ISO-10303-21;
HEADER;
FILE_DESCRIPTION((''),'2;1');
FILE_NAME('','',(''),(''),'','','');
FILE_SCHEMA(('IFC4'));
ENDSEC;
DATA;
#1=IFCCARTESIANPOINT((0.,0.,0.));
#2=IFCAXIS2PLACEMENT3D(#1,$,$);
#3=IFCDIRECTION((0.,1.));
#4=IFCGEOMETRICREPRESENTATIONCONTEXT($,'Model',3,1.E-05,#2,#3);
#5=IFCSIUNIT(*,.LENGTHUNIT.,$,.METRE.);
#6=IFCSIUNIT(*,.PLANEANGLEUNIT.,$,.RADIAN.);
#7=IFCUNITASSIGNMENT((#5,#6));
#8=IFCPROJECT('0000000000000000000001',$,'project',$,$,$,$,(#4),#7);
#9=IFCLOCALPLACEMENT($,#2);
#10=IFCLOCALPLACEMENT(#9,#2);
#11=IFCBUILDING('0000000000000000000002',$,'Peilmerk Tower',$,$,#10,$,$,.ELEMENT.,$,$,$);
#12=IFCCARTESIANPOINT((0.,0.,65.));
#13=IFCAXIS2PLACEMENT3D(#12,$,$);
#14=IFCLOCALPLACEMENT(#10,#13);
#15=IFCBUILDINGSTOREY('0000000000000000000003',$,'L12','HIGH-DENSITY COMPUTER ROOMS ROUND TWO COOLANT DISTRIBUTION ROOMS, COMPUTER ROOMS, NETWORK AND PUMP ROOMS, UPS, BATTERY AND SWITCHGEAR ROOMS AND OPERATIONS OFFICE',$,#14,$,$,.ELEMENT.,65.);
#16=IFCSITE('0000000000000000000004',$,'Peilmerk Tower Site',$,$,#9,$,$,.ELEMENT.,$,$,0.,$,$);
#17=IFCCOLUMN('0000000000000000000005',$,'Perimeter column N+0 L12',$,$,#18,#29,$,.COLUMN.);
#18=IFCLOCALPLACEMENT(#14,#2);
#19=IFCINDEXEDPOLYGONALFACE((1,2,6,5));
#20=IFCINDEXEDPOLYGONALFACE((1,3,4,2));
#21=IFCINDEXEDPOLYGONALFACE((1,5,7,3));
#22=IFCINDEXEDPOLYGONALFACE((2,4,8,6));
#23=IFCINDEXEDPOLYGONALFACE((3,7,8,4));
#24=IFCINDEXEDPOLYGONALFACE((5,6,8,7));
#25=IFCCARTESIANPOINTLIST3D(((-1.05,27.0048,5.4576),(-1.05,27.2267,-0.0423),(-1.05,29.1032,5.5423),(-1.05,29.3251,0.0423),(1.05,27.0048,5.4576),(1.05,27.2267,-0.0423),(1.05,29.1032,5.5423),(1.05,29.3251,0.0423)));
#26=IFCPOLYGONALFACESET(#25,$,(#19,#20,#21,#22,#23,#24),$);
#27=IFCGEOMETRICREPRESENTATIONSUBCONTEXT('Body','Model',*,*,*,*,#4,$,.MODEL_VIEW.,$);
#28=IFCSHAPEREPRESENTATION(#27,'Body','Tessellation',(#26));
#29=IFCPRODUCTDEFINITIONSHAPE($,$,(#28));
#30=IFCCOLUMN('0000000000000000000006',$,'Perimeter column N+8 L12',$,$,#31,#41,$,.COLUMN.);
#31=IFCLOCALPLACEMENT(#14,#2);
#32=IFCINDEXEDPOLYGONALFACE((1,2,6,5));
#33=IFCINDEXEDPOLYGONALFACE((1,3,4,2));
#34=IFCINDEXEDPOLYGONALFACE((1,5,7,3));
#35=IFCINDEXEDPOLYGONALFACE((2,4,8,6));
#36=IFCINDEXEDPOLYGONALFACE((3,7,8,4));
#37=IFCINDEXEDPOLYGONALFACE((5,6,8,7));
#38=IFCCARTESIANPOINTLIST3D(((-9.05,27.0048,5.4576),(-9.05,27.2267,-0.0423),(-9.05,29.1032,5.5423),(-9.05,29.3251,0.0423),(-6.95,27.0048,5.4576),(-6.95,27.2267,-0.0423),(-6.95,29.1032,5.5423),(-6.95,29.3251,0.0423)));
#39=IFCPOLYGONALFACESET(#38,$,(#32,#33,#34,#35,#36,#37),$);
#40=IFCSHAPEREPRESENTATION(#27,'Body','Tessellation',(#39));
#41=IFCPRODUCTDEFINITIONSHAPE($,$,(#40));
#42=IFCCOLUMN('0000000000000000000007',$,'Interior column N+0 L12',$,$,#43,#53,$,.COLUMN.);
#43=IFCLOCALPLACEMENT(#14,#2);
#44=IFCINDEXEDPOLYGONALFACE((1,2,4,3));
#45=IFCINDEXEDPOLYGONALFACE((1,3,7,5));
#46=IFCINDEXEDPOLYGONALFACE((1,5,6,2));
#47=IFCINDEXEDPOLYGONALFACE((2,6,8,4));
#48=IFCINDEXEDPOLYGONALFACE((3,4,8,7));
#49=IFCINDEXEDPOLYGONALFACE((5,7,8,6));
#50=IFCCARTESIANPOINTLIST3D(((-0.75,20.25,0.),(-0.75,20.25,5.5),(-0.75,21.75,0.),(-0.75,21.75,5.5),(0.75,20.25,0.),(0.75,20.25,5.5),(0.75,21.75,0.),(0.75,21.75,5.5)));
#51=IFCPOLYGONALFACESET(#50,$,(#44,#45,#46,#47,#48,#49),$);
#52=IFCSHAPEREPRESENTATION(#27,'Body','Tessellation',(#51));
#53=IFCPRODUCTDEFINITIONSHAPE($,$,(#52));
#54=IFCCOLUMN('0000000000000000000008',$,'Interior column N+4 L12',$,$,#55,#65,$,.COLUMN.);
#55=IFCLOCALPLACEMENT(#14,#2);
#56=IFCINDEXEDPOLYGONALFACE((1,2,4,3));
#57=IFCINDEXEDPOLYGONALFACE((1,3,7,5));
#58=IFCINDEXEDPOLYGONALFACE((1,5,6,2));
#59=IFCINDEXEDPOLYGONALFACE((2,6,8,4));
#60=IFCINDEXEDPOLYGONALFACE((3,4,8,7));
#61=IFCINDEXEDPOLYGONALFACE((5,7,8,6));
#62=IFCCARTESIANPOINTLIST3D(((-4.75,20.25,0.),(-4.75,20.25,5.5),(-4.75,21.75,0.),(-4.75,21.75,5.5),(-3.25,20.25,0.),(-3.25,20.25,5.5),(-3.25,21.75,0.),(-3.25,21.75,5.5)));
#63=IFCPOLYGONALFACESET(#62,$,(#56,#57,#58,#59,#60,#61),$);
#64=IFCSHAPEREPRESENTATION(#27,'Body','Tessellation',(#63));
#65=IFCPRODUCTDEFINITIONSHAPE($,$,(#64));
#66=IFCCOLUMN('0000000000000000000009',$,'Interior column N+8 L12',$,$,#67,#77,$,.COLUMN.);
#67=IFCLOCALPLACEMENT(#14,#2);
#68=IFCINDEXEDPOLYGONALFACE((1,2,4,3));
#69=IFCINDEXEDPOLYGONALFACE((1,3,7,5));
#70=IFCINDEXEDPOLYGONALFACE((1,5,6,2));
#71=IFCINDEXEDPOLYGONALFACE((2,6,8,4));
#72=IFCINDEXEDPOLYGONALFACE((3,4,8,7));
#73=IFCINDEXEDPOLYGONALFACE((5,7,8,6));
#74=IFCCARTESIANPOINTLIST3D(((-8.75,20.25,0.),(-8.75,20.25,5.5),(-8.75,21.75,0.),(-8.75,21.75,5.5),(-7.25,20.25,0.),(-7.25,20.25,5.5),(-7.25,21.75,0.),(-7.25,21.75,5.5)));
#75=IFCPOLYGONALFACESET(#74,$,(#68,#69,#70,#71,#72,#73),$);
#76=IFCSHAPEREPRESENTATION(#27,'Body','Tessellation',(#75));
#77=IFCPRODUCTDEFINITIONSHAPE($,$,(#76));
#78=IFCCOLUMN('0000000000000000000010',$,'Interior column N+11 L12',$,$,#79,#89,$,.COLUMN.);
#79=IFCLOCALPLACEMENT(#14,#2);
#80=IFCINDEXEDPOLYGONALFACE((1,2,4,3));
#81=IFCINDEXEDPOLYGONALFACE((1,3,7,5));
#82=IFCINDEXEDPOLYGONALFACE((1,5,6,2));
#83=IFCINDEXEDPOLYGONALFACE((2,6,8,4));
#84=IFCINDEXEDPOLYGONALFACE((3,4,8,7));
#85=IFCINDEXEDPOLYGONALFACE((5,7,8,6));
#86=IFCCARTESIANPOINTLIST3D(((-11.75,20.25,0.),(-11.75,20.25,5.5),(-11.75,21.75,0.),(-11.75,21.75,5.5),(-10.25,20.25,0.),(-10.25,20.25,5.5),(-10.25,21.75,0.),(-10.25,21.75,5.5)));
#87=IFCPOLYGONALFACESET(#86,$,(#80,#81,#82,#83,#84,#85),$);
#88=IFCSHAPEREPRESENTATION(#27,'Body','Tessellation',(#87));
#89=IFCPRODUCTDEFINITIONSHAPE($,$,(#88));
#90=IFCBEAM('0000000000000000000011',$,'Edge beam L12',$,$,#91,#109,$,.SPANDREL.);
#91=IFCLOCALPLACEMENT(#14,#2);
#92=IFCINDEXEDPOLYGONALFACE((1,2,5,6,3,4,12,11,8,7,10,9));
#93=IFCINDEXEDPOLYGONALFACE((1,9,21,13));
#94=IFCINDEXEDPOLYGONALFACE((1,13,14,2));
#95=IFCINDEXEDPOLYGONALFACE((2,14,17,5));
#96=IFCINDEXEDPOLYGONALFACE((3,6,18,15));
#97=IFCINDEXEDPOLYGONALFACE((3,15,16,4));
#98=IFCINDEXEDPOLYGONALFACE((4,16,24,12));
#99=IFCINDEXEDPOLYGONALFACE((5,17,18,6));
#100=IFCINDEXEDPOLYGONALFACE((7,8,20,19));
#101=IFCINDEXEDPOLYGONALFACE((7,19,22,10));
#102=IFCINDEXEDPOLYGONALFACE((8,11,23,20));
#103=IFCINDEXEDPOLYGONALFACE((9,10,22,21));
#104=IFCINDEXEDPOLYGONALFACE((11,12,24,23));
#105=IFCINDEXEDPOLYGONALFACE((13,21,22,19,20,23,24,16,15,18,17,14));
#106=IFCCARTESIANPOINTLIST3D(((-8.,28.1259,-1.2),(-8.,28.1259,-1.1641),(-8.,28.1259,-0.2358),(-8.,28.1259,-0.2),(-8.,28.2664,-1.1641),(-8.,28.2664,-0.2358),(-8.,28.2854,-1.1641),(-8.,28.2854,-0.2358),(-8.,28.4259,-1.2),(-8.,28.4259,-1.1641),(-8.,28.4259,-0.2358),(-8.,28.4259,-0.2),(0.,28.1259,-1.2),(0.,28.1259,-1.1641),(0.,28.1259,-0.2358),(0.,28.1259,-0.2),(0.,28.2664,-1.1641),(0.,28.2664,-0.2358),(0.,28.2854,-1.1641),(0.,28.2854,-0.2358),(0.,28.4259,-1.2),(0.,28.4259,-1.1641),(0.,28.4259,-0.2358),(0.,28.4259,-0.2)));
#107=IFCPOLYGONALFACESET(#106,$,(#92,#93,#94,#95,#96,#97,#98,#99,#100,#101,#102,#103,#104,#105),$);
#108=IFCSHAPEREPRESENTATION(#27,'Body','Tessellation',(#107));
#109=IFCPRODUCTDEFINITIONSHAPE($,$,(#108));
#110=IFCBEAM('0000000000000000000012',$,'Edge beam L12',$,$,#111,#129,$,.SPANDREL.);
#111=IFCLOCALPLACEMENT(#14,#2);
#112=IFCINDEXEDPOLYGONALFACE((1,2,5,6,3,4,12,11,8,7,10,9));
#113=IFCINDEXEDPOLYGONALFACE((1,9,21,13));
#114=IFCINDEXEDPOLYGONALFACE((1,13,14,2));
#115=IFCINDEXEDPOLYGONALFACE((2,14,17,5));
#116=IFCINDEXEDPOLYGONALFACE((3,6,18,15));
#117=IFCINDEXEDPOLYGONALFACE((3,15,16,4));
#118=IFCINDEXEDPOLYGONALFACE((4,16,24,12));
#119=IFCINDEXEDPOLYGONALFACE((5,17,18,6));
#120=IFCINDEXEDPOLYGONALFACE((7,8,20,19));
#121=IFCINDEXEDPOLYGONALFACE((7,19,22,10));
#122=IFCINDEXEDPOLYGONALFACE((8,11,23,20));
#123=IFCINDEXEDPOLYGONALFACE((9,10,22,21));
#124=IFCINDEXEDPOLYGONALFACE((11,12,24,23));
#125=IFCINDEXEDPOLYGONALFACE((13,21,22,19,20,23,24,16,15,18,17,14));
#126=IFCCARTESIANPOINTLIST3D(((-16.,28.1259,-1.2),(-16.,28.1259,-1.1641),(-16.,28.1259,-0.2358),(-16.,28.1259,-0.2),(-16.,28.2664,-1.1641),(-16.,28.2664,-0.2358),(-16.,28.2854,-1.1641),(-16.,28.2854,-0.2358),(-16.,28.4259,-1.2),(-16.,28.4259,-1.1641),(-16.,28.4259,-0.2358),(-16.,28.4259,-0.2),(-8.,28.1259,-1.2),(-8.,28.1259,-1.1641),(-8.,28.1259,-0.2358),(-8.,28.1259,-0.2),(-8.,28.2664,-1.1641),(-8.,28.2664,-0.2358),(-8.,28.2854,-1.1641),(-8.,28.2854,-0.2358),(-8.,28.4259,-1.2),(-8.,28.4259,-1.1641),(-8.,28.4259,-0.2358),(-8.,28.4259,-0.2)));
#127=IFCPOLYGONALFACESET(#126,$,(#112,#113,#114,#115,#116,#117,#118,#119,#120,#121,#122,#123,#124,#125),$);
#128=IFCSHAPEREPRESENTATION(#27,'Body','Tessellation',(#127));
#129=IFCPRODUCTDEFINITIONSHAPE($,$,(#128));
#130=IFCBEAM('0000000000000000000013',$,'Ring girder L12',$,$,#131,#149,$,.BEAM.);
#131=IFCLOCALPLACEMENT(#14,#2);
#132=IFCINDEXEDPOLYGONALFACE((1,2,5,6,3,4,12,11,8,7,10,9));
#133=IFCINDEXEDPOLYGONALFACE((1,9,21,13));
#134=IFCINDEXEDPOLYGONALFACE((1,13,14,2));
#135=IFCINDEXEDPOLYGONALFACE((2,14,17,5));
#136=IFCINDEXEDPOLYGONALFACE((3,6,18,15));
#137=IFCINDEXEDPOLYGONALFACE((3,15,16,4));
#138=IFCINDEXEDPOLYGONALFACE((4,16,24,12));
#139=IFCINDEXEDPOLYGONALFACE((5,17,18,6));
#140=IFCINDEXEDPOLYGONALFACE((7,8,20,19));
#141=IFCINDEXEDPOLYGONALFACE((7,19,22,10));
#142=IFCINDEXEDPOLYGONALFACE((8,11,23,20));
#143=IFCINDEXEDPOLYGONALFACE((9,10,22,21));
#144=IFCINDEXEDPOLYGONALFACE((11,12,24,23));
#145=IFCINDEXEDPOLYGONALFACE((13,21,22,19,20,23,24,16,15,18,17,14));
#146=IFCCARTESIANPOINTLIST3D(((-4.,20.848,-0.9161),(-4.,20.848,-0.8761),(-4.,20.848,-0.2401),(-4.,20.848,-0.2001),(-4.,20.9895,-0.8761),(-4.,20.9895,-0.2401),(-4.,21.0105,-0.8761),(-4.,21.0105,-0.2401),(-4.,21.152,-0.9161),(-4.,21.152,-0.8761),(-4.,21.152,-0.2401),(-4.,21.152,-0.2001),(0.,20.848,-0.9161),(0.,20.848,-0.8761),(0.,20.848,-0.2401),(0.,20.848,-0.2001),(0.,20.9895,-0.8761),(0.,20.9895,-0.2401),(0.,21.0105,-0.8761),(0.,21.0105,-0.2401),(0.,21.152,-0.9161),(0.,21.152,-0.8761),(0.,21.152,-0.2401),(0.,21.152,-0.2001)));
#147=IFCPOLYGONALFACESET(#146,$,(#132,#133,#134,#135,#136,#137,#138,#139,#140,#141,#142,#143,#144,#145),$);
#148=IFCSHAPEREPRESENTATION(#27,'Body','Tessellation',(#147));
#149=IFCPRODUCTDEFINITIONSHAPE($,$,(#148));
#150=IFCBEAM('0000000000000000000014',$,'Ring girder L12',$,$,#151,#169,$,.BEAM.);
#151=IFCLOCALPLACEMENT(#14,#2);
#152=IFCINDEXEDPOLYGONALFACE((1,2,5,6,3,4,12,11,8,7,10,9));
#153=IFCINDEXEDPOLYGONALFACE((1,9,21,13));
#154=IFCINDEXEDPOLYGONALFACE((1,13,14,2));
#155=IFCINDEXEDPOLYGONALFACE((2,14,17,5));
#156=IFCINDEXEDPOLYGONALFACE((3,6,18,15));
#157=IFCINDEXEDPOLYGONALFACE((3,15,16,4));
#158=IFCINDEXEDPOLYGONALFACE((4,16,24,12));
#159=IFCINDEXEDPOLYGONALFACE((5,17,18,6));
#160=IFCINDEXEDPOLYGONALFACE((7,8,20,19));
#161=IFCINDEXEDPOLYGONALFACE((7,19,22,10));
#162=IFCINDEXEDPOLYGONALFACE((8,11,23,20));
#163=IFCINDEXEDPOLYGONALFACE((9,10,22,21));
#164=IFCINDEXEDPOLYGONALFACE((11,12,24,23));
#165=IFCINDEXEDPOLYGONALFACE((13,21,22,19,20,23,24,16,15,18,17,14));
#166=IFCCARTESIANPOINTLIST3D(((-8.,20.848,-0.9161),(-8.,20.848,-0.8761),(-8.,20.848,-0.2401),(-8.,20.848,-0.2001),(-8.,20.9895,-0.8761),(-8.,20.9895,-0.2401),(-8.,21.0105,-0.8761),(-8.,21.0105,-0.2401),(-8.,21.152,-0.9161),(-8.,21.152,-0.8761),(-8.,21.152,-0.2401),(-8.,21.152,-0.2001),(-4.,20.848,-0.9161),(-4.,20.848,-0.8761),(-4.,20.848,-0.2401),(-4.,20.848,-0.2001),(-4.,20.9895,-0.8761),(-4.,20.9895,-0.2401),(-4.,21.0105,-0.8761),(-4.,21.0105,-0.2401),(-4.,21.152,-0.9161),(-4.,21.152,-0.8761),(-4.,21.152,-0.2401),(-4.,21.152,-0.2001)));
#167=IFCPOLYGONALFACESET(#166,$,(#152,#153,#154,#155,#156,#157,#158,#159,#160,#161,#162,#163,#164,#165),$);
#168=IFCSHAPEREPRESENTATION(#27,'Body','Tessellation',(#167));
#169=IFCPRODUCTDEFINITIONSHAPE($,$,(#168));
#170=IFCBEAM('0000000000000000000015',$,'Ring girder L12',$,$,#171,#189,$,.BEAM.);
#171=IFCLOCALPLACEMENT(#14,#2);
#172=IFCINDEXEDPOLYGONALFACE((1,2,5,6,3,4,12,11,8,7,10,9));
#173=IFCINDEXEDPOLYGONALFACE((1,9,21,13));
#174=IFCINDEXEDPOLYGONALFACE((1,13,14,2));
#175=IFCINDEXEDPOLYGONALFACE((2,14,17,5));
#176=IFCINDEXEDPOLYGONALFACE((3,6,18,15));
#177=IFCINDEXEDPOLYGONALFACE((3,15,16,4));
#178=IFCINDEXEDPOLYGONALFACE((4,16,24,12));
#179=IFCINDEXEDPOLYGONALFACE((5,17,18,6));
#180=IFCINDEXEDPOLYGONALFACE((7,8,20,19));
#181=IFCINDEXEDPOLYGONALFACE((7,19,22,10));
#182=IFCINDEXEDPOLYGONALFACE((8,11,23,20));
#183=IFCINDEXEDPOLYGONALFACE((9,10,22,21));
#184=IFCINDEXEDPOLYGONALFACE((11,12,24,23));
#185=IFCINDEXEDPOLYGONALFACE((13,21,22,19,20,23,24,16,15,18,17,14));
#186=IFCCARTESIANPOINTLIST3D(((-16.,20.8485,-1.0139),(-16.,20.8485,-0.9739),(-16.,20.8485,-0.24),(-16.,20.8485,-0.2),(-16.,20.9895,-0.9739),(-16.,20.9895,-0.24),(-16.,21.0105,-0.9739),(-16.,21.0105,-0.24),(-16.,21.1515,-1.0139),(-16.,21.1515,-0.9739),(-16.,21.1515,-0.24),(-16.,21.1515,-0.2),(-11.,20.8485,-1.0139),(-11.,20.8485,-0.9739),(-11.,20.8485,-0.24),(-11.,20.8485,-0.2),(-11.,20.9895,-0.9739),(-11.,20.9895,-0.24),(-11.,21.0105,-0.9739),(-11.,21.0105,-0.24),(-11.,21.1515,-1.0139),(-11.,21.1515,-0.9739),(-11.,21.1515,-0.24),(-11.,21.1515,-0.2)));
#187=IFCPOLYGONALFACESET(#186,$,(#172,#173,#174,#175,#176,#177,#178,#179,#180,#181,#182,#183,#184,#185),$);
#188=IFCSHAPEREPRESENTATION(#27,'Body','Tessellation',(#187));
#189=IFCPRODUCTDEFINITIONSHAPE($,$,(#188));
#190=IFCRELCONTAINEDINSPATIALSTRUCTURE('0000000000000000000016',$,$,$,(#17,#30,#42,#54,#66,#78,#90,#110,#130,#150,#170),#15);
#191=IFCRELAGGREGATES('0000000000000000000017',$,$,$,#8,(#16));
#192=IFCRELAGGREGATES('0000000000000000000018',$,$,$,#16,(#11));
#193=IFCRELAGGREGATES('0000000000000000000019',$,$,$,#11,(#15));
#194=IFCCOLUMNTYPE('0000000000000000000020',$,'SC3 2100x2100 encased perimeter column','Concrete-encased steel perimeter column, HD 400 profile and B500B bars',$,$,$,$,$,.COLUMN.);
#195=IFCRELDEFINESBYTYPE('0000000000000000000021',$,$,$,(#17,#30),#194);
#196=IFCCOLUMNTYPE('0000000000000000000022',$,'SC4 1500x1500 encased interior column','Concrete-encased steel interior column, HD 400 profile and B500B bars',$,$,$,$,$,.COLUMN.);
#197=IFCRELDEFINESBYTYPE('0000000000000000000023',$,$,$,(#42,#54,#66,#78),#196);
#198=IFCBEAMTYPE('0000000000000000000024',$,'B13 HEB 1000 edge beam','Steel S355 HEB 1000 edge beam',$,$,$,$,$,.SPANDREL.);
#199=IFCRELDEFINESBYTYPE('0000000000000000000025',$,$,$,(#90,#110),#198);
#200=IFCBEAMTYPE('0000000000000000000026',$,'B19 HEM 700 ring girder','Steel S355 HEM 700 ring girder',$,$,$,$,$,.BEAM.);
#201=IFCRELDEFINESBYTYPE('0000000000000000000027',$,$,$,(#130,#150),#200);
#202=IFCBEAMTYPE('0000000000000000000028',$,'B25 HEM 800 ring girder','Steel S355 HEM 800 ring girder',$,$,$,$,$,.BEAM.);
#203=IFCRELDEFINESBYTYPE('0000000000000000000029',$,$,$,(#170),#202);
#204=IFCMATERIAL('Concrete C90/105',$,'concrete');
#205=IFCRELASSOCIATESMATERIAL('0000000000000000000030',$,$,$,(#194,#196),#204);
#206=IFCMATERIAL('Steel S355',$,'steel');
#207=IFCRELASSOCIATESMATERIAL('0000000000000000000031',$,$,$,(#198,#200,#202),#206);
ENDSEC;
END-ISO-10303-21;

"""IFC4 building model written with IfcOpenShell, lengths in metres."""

from ifc_helpers import new_model, si_unit, direction, frame, origin, origin_2d, place, context, subcontext, project, spatial, rectangle, i_section, extrude, material, material_profile, profile_set, type_object, element, save


model = new_model("IFC4")

# Units and contexts
model_context = context("Model", 3, precision=1e-05, world=origin(), true_north=direction((0.0, 1.0)))
body_context = subcontext(model_context, "Body", "Model", "MODEL_VIEW")
ifc_project = project(units=[si_unit("LENGTHUNIT", "METRE"), si_unit("PLANEANGLEUNIT", "RADIAN")], contexts=[model_context])

# Site, building, storey
site_placement = place(None, origin())
site = spatial("IfcSite", under=ifc_project, at=site_placement, Name="Peilmerk Tower Site", CompositionType="ELEMENT", RefElevation=0.0)
building_placement = place(site_placement, origin())
building = spatial("IfcBuilding", under=site, at=building_placement, Name="Peilmerk Tower", CompositionType="ELEMENT")
storey_placement = place(building_placement, frame((0.0, 0.0, 65.0)))
storey = spatial("IfcBuildingStorey", under=building, at=storey_placement, Name="L12", Description="HIGH-DENSITY COMPUTER ROOMS ROUND TWO COOLANT DISTRIBUTION ROOMS, COMPUTER ROOMS, NETWORK AND PUMP ROOMS, UPS, BATTERY AND SWITCHGEAR ROOMS AND OPERATIONS OFFICE", CompositionType="ELEMENT", Elevation=65.0)

# Columns
ifc_material_1 = material(Name="Concrete C90/105", Category="concrete")
ifc_material_profile_1 = material_profile(ifc_material_1, rectangle(XDim=2.1001, YDim=2.1001, at=origin_2d()), Name="RC 2100x2100")
ifc_profile_set_1 = profile_set([ifc_material_profile_1], Name="Concrete C90/105")
column_type_1 = type_object("IfcColumnType", Name="SC3 2100x2100 encased perimeter column", Description="Concrete-encased steel perimeter column, HD 400 profile and B500B bars", PredefinedType="COLUMN", material=ifc_profile_set_1)
for number, where, z_axis, x_axis, name in (
    (1, (0.0, 28.2759, 0.0), (0.0, -0.040317, 0.999187), (1.0, 0.0, 0.0), "Perimeter column N+0 L12"),
    (2, (-8.0, 28.2759, 0.0), (0.0, -0.040317, 0.999187), (1.0, 0.0, 0.0), "Perimeter column N+8 L12"),
):
    element("IfcColumn", number, at=place(storey_placement, frame(where, z_axis=z_axis, x_axis=x_axis)), inside=storey, type_object=column_type_1, Name=name, PredefinedType="COLUMN", context=body_context, shape_type="SweptSolid", body=[
        extrude(rectangle(XDim=2.1001, YDim=2.1001, at=origin_2d()), origin(), (0.0, 0.0, 1.0), 5.5044),
    ])
ifc_material_profile_2 = material_profile(ifc_material_1, rectangle(XDim=1.5, YDim=1.5, at=origin_2d()), Name="RC 1500x1500")
ifc_profile_set_2 = profile_set([ifc_material_profile_2], Name="Concrete C90/105")
column_type_2 = type_object("IfcColumnType", Name="SC4 1500x1500 encased interior column", Description="Concrete-encased steel interior column, HD 400 profile and B500B bars", PredefinedType="COLUMN", material=ifc_profile_set_2)
for number, where, z_axis, x_axis, name in (
    (3, (0.0, 21.0, 0.0), (0.0, 0.0, 1.0), (1.0, 0.0, 0.0), "Interior column N+0 L12"),
    (4, (-4.0, 21.0, 0.0), (0.0, 0.0, 1.0), (1.0, 0.0, 0.0), "Interior column N+4 L12"),
    (5, (-8.0, 21.0, 0.0), (0.0, 0.0, 1.0), (1.0, 0.0, 0.0), "Interior column N+8 L12"),
    (6, (-11.0, 21.0, 0.0), (0.0, 0.0, 1.0), (1.0, 0.0, 0.0), "Interior column N+11 L12"),
):
    element("IfcColumn", number, at=place(storey_placement, frame(where, z_axis=z_axis, x_axis=x_axis)), inside=storey, type_object=column_type_2, Name=name, PredefinedType="COLUMN", context=body_context, shape_type="SweptSolid", body=[
        extrude(rectangle(XDim=1.5, YDim=1.5, at=origin_2d()), origin(), (0.0, 0.0, 1.0), 5.5),
    ])

# Beams
ifc_material_2 = material(Name="Steel S355", Category="steel")
ifc_material_profile_3 = material_profile(ifc_material_2, i_section(OverallWidth=0.3, OverallDepth=1.0, WebThickness=0.019, FlangeThickness=0.0359, at=origin_2d()), Name="HEB 1000")
ifc_profile_set_3 = profile_set([ifc_material_profile_3], Name="Steel S355")
beam_type_1 = type_object("IfcBeamType", Name="B13 HEB 1000 edge beam", Description="Steel S355 HEB 1000 edge beam", PredefinedType="SPANDREL", material=ifc_profile_set_3)
for number, where, z_axis, x_axis, name in (
    (7, (0.0, 28.2759, -0.7), (-1.0, 0.0, 0.0), (0.0, -1.0, 0.0), "Edge beam L12"),
    (8, (-8.0, 28.2759, -0.7), (-1.0, 0.0, 0.0), (0.0, -1.0, 0.0), "Edge beam L12"),
):
    element("IfcBeam", number, at=place(storey_placement, frame(where, z_axis=z_axis, x_axis=x_axis)), inside=storey, type_object=beam_type_1, Name=name, PredefinedType="SPANDREL", context=body_context, shape_type="SweptSolid", body=[
        extrude(i_section(OverallWidth=0.3, OverallDepth=1.0, WebThickness=0.019, FlangeThickness=0.0359, at=origin_2d()), origin(), (0.0, 0.0, 1.0), 8.0),
    ])
ifc_material_profile_4 = material_profile(ifc_material_2, i_section(OverallWidth=0.304, OverallDepth=0.7161, WebThickness=0.021, FlangeThickness=0.04, at=origin_2d()), Name="HEM 700")
ifc_profile_set_4 = profile_set([ifc_material_profile_4], Name="Steel S355")
beam_type_2 = type_object("IfcBeamType", Name="B19 HEM 700 ring girder", Description="Steel S355 HEM 700 ring girder", PredefinedType="BEAM", material=ifc_profile_set_4)
for number, where, z_axis, x_axis, name in (
    (9, (0.0, 21.0, -0.5581), (-1.0, 0.0, 0.0), (0.0, -1.0, 0.0), "Ring girder L12"),
    (10, (-4.0, 21.0, -0.5581), (-1.0, 0.0, 0.0), (0.0, -1.0, 0.0), "Ring girder L12"),
):
    element("IfcBeam", number, at=place(storey_placement, frame(where, z_axis=z_axis, x_axis=x_axis)), inside=storey, type_object=beam_type_2, Name=name, PredefinedType="BEAM", context=body_context, shape_type="SweptSolid", body=[
        extrude(i_section(OverallWidth=0.304, OverallDepth=0.7161, WebThickness=0.021, FlangeThickness=0.04, at=origin_2d()), origin(), (0.0, 0.0, 1.0), 4.0),
    ])
ifc_material_profile_5 = material_profile(ifc_material_2, i_section(OverallWidth=0.303, OverallDepth=0.814, WebThickness=0.021, FlangeThickness=0.04, at=origin_2d()), Name="HEM 800")
ifc_profile_set_5 = profile_set([ifc_material_profile_5], Name="Steel S355")
beam_type_3 = type_object("IfcBeamType", Name="B25 HEM 800 ring girder", Description="Steel S355 HEM 800 ring girder", PredefinedType="BEAM", material=ifc_profile_set_5)
beam_1_placement = place(storey_placement, frame((-11.0, 21.0, -0.6069), z_axis=(-1.0, 0.0, 0.0), x_axis=(0.0, -1.0, 0.0)))
element("IfcBeam", 11, at=beam_1_placement, inside=storey, type_object=beam_type_3, Name="Ring girder L12", PredefinedType="BEAM", context=body_context, shape_type="SweptSolid", body=[
    extrude(i_section(OverallWidth=0.303, OverallDepth=0.814, WebThickness=0.021, FlangeThickness=0.04, at=origin_2d()), origin(), (0.0, 0.0, 1.0), 5.0),
])

save(model, "model.ifc")
